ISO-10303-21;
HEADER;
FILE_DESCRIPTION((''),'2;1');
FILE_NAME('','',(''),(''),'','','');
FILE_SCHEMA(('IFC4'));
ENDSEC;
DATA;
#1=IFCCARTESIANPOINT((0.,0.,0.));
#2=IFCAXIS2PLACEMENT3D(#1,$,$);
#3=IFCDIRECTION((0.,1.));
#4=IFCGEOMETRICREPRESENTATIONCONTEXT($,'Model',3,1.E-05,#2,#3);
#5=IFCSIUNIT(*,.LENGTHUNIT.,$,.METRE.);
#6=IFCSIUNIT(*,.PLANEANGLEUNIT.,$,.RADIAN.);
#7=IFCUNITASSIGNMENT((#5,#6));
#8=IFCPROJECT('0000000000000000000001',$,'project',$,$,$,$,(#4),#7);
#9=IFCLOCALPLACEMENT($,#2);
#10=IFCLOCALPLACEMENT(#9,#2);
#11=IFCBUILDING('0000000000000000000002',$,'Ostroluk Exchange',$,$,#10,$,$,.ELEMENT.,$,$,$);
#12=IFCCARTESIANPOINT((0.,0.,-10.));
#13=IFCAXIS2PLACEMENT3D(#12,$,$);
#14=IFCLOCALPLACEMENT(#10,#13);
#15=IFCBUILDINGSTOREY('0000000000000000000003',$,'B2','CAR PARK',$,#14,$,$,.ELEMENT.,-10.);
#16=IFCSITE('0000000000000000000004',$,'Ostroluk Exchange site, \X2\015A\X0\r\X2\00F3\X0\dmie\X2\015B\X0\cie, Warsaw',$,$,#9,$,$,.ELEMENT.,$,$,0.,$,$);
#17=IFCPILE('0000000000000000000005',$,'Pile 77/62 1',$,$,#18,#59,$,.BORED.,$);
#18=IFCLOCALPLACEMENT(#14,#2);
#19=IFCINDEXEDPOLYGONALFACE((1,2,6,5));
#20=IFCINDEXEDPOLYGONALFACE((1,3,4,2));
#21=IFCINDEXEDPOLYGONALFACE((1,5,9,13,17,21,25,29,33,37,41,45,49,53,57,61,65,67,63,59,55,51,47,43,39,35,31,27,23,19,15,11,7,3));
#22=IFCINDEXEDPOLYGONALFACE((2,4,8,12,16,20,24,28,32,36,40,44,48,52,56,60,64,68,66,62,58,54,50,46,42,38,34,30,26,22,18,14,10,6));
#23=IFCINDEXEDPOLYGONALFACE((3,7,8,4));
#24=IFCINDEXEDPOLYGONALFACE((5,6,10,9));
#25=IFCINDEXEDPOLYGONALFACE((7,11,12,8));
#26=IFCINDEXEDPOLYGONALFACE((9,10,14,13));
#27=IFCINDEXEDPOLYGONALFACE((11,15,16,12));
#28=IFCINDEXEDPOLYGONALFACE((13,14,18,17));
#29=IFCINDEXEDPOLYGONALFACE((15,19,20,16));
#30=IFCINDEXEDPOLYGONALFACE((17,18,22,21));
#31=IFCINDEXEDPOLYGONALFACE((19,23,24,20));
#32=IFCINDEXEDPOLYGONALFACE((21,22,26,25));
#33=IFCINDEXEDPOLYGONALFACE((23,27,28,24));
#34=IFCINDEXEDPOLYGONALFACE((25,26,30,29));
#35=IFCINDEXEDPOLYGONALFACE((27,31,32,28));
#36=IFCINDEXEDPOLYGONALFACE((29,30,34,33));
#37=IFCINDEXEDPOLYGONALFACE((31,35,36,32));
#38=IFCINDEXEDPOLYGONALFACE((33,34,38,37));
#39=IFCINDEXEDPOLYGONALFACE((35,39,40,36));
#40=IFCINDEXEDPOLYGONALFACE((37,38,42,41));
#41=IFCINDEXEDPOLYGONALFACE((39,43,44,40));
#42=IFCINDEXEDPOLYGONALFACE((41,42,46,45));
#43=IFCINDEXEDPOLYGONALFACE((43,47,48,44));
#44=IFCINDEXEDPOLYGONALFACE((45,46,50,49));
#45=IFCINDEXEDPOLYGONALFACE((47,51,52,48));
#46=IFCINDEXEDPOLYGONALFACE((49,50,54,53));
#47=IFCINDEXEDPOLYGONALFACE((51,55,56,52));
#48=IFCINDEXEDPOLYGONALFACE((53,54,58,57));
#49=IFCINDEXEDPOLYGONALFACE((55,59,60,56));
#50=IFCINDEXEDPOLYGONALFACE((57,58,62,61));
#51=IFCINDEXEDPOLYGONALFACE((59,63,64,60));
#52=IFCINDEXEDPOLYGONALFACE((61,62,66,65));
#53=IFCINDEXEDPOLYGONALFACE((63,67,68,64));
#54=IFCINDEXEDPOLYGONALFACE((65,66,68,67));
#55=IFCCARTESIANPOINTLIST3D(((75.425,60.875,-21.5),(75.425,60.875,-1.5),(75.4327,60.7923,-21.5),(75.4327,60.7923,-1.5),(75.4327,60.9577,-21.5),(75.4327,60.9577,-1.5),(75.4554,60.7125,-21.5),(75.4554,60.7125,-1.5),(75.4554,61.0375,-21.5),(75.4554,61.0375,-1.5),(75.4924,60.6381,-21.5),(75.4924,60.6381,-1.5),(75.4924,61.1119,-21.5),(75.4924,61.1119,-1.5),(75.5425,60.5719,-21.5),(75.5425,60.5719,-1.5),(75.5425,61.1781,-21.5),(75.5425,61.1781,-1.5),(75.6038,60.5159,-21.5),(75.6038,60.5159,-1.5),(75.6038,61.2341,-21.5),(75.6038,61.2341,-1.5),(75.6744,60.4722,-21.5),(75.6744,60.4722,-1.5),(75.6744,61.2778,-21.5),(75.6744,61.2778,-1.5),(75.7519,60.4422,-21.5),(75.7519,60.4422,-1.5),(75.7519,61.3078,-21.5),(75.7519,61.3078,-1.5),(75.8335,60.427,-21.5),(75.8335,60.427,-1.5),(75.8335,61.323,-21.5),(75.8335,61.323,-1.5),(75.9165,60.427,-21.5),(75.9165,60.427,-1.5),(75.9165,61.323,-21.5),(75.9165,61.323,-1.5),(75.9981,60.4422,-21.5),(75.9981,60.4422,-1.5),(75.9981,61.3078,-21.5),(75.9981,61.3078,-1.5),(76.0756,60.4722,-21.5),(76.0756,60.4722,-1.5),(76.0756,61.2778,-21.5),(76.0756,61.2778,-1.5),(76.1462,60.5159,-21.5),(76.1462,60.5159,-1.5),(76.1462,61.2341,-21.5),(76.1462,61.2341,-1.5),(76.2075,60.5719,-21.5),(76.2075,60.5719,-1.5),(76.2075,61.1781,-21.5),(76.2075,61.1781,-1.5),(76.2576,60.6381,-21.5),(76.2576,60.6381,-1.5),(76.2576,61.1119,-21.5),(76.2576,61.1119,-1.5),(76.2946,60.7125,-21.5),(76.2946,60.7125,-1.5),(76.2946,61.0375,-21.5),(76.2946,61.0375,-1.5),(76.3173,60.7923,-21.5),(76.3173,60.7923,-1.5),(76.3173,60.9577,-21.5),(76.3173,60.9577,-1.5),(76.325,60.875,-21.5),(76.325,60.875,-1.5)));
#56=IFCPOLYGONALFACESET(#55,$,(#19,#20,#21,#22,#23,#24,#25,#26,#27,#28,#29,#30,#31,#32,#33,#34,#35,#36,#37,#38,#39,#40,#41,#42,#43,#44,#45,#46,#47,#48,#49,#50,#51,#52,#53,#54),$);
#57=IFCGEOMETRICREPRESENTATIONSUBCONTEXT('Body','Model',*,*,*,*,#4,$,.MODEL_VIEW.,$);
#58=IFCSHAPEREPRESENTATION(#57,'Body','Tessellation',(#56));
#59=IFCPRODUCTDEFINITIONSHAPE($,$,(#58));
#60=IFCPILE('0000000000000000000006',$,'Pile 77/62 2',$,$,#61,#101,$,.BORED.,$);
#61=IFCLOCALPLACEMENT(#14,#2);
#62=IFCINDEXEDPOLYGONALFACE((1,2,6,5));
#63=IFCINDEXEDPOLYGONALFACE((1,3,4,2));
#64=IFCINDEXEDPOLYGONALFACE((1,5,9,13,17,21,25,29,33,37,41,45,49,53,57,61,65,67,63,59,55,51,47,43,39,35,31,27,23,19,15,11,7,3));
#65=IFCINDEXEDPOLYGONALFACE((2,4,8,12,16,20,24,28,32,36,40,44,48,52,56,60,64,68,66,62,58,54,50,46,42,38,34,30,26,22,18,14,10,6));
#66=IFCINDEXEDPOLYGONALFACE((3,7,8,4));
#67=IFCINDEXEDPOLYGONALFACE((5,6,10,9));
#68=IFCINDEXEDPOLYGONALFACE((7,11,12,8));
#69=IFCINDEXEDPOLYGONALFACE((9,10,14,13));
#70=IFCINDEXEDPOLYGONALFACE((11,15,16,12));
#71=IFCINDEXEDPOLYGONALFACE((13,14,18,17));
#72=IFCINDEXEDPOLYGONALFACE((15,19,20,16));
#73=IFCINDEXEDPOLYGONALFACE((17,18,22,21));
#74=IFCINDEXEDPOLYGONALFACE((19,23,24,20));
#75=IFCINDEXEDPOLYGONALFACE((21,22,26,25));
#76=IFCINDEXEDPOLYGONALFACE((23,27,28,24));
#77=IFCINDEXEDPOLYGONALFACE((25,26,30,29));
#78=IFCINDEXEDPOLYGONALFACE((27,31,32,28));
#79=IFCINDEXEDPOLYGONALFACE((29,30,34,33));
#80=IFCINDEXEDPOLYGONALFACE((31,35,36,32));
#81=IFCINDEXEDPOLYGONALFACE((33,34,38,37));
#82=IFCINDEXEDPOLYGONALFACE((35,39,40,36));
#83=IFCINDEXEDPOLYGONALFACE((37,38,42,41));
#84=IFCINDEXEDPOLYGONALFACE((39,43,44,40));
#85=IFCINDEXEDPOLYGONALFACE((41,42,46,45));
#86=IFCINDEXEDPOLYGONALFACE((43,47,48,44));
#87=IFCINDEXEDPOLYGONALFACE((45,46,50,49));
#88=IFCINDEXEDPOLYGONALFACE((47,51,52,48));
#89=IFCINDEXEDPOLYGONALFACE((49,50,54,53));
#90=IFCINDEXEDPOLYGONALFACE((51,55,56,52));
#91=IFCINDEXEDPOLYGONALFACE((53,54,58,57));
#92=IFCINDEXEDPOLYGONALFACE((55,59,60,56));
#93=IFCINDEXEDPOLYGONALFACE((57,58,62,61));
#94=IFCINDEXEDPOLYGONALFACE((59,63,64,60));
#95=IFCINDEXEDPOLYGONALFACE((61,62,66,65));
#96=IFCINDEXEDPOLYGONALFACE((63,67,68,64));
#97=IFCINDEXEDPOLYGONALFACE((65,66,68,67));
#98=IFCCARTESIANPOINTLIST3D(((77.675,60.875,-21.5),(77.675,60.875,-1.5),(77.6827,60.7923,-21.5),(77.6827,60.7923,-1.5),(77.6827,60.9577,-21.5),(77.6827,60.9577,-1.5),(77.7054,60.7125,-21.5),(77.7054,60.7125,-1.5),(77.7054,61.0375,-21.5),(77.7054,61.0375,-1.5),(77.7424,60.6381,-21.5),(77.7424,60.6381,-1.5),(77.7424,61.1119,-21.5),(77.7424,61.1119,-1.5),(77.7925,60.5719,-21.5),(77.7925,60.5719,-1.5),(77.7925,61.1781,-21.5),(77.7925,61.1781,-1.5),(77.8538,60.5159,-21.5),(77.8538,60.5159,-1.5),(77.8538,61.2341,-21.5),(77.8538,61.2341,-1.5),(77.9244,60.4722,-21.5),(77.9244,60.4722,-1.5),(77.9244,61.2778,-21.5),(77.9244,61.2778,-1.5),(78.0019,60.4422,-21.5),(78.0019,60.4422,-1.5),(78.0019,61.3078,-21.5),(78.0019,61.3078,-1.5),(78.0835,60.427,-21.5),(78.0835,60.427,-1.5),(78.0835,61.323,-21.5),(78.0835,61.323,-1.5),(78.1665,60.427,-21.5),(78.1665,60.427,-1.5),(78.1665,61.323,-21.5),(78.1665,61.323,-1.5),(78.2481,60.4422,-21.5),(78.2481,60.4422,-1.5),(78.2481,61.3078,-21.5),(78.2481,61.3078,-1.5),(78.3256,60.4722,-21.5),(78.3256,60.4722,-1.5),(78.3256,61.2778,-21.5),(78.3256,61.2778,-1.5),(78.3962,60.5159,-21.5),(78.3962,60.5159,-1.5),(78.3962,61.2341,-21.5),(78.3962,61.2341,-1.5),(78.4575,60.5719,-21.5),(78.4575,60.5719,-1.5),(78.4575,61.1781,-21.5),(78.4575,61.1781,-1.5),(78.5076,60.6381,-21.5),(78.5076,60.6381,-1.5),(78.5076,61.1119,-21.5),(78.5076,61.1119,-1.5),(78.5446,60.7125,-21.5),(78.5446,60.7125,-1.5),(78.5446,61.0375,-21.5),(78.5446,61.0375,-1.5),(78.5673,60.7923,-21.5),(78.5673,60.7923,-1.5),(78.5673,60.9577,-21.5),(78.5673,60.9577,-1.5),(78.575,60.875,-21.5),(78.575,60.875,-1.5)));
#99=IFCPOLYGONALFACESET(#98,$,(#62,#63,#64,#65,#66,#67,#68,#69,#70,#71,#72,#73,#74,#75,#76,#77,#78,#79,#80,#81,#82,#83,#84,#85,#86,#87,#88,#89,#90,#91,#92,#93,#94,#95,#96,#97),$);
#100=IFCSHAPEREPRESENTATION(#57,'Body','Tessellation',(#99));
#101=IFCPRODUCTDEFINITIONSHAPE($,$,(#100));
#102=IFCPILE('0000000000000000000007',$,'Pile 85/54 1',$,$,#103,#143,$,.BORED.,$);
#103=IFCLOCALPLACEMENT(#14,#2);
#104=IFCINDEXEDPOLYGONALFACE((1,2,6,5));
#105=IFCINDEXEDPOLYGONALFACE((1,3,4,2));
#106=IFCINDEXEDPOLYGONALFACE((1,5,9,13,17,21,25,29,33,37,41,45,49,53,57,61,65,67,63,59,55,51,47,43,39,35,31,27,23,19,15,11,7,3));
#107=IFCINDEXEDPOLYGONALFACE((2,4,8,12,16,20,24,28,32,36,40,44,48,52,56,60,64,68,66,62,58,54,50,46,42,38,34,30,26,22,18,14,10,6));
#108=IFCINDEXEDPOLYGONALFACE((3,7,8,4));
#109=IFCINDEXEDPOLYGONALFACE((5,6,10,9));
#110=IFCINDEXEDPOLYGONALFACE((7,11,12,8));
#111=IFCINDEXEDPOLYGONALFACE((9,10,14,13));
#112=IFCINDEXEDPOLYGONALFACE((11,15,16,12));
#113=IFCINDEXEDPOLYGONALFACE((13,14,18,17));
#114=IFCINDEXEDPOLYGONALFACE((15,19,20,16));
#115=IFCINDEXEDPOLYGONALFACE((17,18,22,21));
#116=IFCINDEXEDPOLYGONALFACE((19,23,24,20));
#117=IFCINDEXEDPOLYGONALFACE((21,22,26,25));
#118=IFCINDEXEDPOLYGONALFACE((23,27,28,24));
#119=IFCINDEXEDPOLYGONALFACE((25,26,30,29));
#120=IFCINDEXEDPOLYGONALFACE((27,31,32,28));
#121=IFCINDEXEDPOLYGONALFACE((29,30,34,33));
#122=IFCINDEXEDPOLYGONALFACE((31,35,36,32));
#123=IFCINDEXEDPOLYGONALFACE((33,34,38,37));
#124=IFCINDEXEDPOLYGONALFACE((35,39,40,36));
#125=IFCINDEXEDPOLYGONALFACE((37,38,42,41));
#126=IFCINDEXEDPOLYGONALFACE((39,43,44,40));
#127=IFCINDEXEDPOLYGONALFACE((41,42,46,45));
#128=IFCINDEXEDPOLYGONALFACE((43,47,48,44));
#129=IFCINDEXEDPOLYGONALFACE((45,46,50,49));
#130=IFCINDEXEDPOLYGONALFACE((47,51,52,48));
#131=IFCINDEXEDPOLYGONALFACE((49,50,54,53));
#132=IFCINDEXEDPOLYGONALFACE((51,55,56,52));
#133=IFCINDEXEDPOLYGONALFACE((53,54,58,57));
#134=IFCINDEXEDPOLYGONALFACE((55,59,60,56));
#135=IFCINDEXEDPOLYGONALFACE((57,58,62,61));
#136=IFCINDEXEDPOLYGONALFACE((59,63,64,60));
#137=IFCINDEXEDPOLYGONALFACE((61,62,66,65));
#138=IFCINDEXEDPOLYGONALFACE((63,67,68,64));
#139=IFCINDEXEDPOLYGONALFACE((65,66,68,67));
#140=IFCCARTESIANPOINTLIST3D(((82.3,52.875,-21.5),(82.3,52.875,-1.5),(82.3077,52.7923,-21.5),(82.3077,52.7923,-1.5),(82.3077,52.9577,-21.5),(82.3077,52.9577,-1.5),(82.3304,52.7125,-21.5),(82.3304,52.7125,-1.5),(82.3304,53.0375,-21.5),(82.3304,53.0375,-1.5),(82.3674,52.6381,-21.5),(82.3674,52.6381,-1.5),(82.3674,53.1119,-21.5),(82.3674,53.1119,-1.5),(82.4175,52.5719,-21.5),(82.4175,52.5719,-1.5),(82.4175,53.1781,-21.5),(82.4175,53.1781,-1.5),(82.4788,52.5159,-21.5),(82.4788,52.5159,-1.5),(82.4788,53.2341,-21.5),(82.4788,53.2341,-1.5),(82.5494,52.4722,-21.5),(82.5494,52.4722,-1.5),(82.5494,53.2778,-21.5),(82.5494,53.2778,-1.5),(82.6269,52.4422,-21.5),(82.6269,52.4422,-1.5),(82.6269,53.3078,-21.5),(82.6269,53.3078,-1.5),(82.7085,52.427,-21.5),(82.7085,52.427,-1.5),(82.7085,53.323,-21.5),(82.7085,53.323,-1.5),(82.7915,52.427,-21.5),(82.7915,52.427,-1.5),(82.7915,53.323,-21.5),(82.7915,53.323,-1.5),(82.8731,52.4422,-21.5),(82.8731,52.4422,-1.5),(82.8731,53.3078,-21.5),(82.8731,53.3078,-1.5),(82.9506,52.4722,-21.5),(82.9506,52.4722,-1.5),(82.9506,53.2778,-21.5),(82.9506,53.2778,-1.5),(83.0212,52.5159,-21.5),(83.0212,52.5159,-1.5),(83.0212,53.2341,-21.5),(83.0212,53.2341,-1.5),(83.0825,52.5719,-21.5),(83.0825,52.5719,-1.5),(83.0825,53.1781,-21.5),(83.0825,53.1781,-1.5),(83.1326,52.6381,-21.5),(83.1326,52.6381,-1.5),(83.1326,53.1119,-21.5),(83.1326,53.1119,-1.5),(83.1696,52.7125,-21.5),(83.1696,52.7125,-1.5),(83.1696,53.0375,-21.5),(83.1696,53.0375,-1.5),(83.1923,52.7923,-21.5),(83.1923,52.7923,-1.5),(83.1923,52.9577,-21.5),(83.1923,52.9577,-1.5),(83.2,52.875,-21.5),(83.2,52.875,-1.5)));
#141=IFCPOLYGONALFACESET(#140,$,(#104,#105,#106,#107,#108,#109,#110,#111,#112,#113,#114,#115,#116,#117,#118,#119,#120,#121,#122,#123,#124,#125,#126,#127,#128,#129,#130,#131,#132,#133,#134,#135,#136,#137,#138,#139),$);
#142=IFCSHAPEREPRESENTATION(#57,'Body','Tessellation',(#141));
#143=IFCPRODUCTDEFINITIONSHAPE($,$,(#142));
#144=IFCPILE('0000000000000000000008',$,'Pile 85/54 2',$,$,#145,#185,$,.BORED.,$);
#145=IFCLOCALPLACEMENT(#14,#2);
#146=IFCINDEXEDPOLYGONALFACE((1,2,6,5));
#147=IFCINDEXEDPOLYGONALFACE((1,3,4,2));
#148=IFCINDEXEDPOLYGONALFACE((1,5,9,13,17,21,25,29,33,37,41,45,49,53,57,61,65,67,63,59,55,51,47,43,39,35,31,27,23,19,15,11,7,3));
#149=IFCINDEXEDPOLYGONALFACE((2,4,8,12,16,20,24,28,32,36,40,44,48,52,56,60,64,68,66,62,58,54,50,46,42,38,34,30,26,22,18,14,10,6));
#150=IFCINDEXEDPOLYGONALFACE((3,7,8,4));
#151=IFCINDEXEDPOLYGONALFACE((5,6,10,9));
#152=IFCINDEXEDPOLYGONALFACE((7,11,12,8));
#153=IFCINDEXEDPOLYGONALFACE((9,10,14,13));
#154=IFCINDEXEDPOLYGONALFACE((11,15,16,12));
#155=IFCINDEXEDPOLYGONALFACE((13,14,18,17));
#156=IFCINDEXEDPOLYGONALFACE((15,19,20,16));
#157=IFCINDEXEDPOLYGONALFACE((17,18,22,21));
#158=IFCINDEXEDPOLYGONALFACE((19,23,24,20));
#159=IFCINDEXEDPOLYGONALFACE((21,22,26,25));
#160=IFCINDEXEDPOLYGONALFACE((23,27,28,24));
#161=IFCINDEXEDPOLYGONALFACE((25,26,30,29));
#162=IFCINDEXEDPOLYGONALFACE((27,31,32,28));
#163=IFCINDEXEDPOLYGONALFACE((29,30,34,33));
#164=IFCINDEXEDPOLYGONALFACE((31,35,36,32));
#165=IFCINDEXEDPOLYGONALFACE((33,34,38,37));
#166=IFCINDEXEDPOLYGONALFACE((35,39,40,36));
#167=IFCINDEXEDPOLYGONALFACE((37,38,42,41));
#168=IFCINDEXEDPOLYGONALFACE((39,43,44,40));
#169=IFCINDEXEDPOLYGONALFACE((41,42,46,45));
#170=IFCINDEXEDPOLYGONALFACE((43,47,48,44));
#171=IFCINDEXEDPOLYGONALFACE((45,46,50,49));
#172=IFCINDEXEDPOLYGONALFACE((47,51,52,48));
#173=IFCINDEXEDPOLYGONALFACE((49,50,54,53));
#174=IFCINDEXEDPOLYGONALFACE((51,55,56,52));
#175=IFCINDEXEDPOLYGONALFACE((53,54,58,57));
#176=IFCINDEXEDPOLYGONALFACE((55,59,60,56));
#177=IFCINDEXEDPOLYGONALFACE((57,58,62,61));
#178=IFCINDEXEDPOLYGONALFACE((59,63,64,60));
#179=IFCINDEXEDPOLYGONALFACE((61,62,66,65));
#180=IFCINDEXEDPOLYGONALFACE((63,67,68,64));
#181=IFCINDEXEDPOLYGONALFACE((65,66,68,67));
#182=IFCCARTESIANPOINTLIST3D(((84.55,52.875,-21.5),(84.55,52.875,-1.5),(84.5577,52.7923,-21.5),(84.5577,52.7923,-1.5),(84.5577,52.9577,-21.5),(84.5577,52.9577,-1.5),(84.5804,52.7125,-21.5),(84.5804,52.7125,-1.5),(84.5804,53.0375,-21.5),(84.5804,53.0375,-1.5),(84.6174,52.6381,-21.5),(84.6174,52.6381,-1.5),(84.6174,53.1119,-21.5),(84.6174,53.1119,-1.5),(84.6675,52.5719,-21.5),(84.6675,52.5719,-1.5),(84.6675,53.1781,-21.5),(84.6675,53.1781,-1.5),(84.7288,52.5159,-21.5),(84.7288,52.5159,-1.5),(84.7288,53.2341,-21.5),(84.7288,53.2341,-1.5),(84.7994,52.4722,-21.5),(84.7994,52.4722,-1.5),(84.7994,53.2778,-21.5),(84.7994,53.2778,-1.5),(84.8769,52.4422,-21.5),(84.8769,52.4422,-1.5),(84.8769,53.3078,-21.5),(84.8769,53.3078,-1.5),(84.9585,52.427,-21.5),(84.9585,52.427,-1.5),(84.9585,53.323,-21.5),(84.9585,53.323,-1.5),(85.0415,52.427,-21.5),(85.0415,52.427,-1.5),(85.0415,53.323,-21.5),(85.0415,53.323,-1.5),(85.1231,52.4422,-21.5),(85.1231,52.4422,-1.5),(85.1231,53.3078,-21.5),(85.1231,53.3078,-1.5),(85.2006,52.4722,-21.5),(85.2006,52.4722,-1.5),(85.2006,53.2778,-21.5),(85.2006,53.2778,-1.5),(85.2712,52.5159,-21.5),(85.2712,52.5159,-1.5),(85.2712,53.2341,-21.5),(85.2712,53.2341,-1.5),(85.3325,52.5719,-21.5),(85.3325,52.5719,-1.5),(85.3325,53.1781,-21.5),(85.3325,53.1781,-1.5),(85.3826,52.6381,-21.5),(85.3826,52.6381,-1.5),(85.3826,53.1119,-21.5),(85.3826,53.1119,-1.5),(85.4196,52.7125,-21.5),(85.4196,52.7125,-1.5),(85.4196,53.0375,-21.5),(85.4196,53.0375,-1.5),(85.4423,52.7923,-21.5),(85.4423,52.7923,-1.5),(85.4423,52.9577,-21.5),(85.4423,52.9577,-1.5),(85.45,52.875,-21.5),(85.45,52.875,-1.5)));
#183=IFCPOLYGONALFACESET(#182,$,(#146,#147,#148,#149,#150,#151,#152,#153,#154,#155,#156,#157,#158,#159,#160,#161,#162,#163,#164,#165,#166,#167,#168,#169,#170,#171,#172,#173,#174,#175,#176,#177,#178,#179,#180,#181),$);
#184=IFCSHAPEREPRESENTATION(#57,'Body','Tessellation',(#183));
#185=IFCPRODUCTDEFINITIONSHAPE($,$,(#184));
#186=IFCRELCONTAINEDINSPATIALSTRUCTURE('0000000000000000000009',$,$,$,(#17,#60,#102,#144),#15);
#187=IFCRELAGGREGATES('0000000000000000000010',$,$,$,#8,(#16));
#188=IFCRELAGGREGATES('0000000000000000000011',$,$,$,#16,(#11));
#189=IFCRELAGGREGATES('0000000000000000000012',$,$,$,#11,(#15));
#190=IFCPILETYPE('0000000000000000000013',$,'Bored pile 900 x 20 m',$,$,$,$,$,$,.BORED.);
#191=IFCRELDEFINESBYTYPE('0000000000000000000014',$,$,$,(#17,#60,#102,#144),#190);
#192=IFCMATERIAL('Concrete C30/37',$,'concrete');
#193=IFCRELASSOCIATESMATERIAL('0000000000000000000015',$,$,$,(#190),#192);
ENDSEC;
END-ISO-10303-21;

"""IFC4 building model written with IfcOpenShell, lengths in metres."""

from ifc_helpers import new_model, si_unit, direction, frame, origin, origin_2d, place, context, subcontext, project, spatial, circle, extrude, material, type_object, element, save


model = new_model("IFC4")

# Units and contexts
model_context = context("Model", 3, precision=1e-05, world=origin(), true_north=direction((0.0, 1.0)))
body_context = subcontext(model_context, "Body", "Model", "MODEL_VIEW")
ifc_project = project(units=[si_unit("LENGTHUNIT", "METRE"), si_unit("PLANEANGLEUNIT", "RADIAN")], contexts=[model_context])

# Site, building, storey
site_placement = place(None, origin())
site = spatial("IfcSite", under=ifc_project, at=site_placement, Name="Ostroluk Exchange site, Śródmieście, Warsaw", CompositionType="ELEMENT", RefElevation=0.0)
building_placement = place(site_placement, origin())
building = spatial("IfcBuilding", under=site, at=building_placement, Name="Ostroluk Exchange", CompositionType="ELEMENT")
storey_placement = place(building_placement, frame((0.0, 0.0, -10.0)))
storey = spatial("IfcBuildingStorey", under=building, at=storey_placement, Name="B2", Description="CAR PARK", CompositionType="ELEMENT", Elevation=-10.0)

# Piles
ifc_material_1 = material(Name="Concrete C30/37", Category="concrete")
pile_type = type_object("IfcPileType", Name="Bored pile 900 x 20 m", PredefinedType="BORED", material=ifc_material_1)
for number, where, z_axis, x_axis, name in (
    (1, (75.875, 60.875, -1.5), (0.0, 0.0, -1.0), (1.0, 0.0, 0.0), "Pile 77/62 1"),
    (2, (78.125, 60.875, -1.5), (0.0, 0.0, -1.0), (1.0, 0.0, 0.0), "Pile 77/62 2"),
    (3, (82.75, 52.875, -1.5), (0.0, 0.0, -1.0), (1.0, 0.0, 0.0), "Pile 85/54 1"),
    (4, (85.0, 52.875, -1.5), (0.0, 0.0, -1.0), (1.0, 0.0, 0.0), "Pile 85/54 2"),
):
    element("IfcPile", number, at=place(storey_placement, frame(where, z_axis=z_axis, x_axis=x_axis)), inside=storey, type_object=pile_type, Name=name, PredefinedType="BORED", context=body_context, shape_type="SweptSolid", body=[
        extrude(circle(Radius=0.45, at=origin_2d()), origin(), (0.0, 0.0, 1.0), 20.0),
    ])

save(model, "model.ifc")
